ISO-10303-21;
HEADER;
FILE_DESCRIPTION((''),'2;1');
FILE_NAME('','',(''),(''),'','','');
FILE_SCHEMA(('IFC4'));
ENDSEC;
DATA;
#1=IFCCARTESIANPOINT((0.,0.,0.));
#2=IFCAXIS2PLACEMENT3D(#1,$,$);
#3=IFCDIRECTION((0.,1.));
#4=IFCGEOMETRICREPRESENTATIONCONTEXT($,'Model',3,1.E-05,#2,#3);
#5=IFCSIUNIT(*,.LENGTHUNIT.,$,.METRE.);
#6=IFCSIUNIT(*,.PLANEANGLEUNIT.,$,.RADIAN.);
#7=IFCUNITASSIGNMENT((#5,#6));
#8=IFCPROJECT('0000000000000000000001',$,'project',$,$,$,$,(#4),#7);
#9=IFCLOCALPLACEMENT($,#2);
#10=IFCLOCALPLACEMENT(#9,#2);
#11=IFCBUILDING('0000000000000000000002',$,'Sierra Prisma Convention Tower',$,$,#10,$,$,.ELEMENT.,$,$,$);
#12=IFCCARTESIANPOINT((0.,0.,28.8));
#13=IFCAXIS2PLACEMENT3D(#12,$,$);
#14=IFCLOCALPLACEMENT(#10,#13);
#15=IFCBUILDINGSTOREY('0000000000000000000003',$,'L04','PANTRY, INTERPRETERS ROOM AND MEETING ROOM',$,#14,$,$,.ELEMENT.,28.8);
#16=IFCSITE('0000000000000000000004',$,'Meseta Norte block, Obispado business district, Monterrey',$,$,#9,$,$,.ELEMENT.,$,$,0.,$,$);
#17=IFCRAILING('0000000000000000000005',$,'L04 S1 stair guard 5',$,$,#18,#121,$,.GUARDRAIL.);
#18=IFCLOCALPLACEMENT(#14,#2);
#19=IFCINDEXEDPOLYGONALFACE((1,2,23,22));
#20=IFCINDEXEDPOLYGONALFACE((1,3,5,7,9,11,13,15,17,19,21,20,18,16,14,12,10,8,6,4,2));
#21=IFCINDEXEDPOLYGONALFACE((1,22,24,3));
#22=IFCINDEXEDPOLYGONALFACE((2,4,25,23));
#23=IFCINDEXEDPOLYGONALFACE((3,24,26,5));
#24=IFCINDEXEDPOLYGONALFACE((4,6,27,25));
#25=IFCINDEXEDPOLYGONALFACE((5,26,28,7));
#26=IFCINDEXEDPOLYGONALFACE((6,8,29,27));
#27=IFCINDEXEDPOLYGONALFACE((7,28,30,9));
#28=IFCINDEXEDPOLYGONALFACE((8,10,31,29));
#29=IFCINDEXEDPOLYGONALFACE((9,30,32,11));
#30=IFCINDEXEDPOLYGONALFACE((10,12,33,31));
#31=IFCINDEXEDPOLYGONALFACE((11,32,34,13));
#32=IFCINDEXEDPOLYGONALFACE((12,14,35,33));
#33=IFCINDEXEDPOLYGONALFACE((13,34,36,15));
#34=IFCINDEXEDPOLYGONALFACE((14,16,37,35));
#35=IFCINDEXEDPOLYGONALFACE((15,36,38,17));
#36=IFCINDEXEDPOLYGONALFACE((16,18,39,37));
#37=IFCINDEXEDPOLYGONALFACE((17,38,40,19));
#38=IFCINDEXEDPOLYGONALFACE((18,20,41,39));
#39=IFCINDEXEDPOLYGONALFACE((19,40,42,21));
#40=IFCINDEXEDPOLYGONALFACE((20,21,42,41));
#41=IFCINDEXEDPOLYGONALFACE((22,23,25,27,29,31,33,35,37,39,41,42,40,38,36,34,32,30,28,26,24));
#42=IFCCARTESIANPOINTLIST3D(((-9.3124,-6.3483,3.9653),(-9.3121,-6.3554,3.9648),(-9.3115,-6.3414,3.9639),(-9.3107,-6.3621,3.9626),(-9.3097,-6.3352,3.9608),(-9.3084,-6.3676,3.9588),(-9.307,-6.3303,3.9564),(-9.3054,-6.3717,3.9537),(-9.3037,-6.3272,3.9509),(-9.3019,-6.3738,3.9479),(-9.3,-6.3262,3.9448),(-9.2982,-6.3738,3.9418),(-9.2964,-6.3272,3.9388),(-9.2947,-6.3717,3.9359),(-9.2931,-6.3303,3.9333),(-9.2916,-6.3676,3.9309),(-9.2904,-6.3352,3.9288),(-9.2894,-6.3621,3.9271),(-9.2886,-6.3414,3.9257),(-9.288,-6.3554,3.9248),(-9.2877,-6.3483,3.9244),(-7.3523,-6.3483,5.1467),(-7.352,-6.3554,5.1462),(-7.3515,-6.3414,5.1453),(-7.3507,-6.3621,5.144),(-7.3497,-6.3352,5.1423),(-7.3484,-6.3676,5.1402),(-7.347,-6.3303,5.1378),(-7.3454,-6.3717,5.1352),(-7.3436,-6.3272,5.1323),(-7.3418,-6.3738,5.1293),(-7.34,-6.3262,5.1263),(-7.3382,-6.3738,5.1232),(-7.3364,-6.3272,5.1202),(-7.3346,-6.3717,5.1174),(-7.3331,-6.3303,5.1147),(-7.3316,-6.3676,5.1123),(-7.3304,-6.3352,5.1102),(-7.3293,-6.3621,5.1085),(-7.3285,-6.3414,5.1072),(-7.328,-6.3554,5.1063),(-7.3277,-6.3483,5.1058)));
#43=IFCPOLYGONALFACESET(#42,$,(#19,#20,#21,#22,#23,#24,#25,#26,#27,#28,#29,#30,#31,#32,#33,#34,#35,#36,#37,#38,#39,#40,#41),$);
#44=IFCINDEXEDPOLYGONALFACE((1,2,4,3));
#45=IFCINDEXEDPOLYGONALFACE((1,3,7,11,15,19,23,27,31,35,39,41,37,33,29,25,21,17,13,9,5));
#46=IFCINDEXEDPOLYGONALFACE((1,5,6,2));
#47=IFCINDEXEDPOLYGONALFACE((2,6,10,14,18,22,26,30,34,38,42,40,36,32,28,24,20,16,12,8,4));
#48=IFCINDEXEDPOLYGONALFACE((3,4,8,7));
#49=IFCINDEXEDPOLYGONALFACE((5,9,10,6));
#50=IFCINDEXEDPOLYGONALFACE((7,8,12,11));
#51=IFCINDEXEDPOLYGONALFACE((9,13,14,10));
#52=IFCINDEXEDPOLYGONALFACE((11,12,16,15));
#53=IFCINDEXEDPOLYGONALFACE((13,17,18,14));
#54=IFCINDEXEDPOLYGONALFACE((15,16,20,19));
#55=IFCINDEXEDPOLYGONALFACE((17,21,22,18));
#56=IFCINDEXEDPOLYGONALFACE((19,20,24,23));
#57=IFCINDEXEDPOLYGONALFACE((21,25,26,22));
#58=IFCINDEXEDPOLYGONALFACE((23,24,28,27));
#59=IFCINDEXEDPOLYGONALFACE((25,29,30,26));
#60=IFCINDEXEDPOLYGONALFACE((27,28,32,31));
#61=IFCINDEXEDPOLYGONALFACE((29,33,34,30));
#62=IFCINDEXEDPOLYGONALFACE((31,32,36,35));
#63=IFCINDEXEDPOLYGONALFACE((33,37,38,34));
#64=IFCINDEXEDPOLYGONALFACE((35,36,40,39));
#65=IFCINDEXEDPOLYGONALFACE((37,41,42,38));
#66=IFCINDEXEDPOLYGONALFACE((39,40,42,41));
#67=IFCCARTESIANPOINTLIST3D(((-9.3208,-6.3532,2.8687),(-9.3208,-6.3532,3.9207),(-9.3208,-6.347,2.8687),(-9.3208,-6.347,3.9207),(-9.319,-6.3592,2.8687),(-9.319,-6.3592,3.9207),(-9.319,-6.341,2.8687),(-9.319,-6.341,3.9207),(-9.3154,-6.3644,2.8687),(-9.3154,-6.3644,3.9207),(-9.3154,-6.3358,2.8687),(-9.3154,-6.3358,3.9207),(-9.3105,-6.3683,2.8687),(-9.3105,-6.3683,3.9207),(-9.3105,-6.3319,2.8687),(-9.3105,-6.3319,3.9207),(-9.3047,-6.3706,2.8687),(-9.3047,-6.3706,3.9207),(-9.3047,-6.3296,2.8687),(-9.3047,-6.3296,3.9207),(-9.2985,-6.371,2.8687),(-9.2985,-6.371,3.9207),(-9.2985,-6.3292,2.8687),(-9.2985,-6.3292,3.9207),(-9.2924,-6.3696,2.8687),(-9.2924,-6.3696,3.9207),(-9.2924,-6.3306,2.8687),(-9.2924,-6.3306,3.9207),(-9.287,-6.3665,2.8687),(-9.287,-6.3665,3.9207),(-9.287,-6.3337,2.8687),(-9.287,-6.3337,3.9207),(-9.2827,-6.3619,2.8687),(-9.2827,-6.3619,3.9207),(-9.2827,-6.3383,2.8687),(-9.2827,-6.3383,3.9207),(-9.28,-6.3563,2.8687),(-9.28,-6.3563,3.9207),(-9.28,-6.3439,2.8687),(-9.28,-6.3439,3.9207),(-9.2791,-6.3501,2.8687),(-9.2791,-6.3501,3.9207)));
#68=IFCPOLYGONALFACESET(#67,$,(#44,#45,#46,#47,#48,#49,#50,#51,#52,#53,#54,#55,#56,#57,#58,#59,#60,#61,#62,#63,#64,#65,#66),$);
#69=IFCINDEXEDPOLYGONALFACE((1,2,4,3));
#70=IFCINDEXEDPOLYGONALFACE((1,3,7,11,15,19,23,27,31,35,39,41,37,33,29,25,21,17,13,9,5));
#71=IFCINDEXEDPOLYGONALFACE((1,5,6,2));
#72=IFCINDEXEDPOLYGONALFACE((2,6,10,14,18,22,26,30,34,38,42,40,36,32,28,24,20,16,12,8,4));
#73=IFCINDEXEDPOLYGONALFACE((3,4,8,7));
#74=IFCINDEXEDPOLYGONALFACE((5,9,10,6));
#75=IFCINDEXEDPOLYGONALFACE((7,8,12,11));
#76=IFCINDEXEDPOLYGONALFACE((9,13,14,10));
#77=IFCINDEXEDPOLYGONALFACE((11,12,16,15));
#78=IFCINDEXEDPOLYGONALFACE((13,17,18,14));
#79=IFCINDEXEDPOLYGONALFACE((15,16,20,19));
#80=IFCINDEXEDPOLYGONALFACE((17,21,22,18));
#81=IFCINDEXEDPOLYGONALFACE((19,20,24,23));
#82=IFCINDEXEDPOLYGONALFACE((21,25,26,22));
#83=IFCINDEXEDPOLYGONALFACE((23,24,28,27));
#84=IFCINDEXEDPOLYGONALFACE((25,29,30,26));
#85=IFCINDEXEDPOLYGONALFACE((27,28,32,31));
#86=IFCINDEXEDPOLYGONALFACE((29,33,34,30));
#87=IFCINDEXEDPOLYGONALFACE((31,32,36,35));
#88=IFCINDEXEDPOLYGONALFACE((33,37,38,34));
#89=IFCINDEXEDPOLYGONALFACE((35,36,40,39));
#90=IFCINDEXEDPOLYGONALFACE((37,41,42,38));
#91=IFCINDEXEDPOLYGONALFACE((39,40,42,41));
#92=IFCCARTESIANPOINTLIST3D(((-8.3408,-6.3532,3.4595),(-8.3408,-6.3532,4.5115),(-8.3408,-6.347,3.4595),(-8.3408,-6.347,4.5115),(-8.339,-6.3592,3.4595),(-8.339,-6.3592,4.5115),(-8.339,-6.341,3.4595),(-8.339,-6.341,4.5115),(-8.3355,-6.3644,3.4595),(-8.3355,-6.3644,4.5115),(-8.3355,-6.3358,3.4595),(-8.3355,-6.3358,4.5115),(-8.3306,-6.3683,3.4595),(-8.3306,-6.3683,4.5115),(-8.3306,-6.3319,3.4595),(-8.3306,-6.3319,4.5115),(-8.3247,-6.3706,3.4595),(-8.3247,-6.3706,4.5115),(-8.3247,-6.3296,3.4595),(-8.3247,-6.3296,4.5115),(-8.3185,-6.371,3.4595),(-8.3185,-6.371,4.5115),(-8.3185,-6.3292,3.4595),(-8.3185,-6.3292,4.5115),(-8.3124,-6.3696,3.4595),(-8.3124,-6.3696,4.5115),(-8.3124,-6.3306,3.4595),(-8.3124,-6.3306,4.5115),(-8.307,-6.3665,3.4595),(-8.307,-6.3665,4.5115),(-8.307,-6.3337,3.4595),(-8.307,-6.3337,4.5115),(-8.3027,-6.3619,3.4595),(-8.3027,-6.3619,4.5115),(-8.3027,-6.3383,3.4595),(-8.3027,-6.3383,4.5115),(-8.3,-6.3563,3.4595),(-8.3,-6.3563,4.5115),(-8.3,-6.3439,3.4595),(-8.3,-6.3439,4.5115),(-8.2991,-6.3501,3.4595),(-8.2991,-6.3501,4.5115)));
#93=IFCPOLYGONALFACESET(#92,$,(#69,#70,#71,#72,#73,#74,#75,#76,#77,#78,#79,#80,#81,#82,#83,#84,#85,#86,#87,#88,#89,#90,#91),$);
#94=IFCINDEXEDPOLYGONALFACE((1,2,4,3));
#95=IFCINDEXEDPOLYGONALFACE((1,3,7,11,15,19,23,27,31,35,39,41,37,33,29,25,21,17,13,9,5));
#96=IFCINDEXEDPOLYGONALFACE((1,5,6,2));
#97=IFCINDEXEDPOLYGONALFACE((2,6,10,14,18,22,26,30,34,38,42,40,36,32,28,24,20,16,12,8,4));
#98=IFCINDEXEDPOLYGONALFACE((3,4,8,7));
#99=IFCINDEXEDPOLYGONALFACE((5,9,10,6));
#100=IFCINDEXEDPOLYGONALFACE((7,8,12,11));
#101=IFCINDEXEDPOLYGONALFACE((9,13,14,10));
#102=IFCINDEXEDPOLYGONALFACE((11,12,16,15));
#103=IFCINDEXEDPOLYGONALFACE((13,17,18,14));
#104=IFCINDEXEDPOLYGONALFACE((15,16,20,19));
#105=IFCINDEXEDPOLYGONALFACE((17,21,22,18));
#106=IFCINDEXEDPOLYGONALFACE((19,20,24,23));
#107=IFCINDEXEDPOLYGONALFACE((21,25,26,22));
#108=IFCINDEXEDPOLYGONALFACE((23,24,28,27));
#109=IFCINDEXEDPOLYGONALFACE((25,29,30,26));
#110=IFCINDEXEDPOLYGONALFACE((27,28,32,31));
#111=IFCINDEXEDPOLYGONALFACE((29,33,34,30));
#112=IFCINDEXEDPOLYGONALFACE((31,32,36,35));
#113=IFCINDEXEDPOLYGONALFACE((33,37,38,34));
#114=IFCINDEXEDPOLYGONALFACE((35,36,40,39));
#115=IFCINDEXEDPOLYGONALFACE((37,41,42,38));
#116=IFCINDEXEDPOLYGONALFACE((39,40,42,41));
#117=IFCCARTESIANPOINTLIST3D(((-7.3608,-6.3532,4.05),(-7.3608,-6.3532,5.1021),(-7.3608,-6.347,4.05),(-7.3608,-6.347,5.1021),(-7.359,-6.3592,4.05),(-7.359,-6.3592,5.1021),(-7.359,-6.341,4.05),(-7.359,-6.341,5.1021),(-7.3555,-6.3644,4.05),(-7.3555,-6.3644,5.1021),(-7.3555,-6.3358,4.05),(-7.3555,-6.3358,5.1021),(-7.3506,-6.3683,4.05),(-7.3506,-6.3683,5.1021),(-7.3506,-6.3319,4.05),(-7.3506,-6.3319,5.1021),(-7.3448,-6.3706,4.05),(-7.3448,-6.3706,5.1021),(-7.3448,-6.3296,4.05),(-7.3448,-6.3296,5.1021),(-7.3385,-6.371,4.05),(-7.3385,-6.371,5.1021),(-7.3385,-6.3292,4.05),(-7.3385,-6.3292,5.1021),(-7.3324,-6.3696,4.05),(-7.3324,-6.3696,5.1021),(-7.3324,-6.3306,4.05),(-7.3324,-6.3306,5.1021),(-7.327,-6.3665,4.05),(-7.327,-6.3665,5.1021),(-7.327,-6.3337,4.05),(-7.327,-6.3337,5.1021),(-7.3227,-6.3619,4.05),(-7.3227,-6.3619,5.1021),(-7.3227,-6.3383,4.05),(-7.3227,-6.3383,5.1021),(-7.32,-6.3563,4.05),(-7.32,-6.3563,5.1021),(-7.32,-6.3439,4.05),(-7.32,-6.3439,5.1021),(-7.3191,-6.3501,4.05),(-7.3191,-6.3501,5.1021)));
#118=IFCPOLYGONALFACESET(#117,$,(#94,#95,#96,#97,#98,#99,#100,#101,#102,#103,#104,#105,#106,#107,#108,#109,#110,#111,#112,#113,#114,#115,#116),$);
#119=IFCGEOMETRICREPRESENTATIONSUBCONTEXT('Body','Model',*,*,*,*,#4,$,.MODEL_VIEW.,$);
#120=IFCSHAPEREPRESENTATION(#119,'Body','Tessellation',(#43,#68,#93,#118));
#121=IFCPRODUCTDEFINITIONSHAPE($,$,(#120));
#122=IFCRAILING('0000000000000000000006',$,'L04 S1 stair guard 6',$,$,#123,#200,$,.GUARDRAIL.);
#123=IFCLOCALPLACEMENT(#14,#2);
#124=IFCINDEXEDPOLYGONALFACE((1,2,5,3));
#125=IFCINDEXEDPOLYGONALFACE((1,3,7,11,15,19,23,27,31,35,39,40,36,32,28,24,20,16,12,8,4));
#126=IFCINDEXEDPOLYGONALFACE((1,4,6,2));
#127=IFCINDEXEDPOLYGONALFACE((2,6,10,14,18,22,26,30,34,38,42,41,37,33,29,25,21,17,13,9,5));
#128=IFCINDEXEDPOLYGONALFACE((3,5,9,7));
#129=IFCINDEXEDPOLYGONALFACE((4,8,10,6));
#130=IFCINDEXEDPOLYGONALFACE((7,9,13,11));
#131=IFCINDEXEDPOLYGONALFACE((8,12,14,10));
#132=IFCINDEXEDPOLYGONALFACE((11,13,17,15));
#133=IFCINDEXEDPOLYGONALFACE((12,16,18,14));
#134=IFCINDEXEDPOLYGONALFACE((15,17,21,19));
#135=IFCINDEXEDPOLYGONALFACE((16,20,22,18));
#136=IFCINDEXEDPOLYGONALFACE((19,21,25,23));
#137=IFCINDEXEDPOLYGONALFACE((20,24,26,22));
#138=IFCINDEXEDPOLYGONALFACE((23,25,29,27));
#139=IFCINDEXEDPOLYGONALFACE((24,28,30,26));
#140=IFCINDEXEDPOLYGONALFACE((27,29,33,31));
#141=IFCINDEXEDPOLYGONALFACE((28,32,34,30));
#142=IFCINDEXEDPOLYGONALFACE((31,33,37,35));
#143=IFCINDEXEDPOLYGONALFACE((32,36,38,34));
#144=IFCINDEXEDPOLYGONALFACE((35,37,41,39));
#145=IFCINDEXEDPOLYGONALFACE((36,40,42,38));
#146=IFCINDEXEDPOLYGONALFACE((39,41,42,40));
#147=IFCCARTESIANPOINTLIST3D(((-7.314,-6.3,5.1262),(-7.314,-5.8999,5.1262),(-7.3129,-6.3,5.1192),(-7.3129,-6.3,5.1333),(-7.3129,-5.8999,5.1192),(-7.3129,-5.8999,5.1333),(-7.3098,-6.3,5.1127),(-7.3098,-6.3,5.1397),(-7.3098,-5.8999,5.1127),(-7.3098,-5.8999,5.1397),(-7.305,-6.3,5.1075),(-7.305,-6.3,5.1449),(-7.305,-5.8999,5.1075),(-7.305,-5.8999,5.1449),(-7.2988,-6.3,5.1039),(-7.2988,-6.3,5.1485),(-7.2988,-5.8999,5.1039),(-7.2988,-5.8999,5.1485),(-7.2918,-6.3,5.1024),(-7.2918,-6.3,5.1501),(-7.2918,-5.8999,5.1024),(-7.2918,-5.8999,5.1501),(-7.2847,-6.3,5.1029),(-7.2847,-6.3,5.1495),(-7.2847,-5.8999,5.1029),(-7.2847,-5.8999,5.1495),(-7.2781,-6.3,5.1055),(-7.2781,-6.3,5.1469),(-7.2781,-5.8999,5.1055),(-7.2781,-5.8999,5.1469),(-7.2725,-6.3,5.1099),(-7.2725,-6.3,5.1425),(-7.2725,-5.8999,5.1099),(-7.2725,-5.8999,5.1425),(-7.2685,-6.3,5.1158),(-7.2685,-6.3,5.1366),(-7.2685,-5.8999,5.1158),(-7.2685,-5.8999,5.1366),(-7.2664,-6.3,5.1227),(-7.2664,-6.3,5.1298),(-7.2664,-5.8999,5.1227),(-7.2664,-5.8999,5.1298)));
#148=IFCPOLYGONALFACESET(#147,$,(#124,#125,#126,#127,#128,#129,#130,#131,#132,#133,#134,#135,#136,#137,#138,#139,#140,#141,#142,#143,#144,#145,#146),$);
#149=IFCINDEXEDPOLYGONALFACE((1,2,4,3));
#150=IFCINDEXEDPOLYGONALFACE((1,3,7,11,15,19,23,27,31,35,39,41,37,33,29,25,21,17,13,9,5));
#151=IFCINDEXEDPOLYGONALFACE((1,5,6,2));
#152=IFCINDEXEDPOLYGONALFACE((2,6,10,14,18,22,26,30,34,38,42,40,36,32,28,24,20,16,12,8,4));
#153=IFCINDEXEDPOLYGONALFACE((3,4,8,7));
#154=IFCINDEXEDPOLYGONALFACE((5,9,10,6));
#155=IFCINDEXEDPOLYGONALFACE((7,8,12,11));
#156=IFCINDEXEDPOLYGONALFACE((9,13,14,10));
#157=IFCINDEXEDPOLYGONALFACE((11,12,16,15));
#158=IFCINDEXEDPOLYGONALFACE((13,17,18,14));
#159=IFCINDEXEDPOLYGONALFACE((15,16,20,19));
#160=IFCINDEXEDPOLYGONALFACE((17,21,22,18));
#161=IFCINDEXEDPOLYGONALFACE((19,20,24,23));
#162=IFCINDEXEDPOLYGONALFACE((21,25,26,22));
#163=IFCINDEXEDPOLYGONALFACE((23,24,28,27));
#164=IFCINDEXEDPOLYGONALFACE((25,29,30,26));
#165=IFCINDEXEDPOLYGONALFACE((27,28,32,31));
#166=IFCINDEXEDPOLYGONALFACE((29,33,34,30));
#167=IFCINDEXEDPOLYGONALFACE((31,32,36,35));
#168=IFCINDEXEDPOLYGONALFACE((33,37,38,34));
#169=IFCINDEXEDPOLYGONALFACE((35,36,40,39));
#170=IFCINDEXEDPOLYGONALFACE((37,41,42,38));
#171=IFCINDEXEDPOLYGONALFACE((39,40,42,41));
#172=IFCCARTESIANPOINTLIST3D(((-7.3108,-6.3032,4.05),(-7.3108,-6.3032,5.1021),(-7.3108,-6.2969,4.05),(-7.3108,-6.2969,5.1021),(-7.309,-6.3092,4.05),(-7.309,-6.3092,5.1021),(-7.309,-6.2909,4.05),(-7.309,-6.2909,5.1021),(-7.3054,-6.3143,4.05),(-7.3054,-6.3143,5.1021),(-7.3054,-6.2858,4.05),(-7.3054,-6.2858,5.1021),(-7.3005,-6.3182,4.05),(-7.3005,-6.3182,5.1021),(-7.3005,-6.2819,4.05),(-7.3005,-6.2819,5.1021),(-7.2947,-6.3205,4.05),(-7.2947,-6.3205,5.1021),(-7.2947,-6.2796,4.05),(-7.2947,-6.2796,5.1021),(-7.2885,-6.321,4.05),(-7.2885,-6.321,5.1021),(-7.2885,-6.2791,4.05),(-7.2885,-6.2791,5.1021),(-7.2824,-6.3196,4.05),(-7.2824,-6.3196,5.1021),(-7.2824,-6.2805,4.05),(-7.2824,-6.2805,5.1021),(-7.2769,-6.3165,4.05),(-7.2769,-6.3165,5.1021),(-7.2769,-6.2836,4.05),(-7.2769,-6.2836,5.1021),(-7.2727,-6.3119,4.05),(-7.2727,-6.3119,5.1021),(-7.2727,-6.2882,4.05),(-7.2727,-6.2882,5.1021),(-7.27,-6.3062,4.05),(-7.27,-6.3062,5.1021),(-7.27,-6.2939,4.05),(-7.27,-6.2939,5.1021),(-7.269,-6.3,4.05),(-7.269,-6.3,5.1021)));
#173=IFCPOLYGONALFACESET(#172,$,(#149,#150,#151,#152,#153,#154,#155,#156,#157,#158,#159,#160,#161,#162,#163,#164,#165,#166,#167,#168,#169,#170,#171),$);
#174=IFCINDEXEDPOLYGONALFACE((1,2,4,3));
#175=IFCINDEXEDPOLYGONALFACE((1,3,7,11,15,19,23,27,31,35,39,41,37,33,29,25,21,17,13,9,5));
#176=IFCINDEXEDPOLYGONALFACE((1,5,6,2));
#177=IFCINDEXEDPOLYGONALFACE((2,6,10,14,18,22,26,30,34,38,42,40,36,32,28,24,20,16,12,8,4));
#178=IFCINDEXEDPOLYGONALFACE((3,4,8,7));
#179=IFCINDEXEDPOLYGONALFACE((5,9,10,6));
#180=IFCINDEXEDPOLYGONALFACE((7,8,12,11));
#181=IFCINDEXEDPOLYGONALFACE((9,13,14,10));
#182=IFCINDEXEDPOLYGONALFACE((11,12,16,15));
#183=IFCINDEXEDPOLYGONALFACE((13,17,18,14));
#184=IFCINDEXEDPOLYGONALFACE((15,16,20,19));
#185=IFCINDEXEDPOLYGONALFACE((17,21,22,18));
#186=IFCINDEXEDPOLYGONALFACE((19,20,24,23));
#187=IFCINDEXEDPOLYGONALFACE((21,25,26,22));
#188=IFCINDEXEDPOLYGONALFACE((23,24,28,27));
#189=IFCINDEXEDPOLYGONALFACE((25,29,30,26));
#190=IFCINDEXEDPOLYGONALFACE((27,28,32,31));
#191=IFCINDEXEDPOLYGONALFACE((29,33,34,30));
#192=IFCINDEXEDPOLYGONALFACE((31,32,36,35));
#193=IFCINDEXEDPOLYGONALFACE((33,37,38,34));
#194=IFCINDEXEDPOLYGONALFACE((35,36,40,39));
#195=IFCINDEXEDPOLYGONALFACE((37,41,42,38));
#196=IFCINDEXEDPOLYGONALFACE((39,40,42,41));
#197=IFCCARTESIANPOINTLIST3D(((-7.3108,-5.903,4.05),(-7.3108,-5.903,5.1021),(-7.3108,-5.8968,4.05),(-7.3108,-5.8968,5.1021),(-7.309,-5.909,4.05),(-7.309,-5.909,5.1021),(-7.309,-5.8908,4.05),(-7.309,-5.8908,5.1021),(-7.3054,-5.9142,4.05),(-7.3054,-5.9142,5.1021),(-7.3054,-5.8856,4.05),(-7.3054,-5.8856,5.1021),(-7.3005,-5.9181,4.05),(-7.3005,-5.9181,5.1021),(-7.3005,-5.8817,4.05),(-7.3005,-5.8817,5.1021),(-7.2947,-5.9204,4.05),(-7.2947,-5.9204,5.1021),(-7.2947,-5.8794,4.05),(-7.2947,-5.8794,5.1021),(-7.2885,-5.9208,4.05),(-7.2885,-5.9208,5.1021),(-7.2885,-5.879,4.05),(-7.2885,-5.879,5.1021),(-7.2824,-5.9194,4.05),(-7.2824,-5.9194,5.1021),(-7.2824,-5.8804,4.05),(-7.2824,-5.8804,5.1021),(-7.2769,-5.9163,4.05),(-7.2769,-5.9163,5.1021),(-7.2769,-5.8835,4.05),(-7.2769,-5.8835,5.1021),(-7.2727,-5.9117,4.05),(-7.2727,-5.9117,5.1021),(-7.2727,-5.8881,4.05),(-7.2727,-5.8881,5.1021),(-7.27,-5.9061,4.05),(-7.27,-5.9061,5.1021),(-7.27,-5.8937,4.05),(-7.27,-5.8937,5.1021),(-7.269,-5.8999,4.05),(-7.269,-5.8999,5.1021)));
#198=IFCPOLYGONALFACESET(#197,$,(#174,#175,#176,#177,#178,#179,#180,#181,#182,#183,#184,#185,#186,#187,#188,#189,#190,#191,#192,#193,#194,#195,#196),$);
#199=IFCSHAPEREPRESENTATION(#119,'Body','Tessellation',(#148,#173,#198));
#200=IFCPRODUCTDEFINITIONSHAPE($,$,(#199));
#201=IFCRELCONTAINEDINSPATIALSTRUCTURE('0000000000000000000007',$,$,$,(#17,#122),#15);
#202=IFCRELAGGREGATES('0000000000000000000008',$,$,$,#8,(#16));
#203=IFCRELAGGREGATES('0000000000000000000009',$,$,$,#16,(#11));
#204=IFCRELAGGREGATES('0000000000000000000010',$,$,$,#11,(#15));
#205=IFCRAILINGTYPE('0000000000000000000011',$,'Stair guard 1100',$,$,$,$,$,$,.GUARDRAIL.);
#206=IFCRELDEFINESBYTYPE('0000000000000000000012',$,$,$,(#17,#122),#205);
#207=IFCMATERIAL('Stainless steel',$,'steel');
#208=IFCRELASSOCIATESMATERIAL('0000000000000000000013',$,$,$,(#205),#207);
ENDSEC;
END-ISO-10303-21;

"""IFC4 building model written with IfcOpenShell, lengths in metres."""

from ifc_helpers import new_model, si_unit, direction, frame, origin, origin_2d, place, context, subcontext, project, spatial, circle, extrude, material, type_object, element, save


model = new_model("IFC4")

# Units and contexts
model_context = context("Model", 3, precision=1e-05, world=origin(), true_north=direction((0.0, 1.0)))
body_context = subcontext(model_context, "Body", "Model", "MODEL_VIEW")
ifc_project = project(units=[si_unit("LENGTHUNIT", "METRE"), si_unit("PLANEANGLEUNIT", "RADIAN")], contexts=[model_context])

# Site, building, storey
site_placement = place(None, origin())
site = spatial("IfcSite", under=ifc_project, at=site_placement, Name="Meseta Norte block, Obispado business district, Monterrey", CompositionType="ELEMENT", RefElevation=0.0)
building_placement = place(site_placement, origin())
building = spatial("IfcBuilding", under=site, at=building_placement, Name="Sierra Prisma Convention Tower", CompositionType="ELEMENT")
storey_placement = place(building_placement, frame((0.0, 0.0, 28.8)))
storey = spatial("IfcBuildingStorey", under=building, at=storey_placement, Name="L04", Description="PANTRY, INTERPRETERS ROOM AND MEETING ROOM", CompositionType="ELEMENT", Elevation=28.8)

# Railings
ifc_material_1 = material(Name="Stainless steel", Category="steel")
railing_type_1 = type_object("IfcRailingType", Name="Stair guard 1100", PredefinedType="GUARDRAIL", material=ifc_material_1)
railing_1_placement = place(storey_placement, frame((-9.3, -6.3501, 2.8687)))
element("IfcRailing", 1, at=railing_1_placement, inside=storey, type_object=railing_type_1, Name="L04 S1 stair guard 5", PredefinedType="GUARDRAIL", context=body_context, shape_type="SweptSolid", body=[
    extrude(circle(Radius=0.0239, at=origin_2d()), frame((0.0, 0.0, 1.0762), z_axis=(0.856446, 0.0, 0.516236), x_axis=(0.0, 1.0, 0.0)), (0.0, 0.0, 1.0), 2.2886),
    extrude(circle(Radius=0.021, at=origin_2d()), origin(), (0.0, 0.0, 1.0), 1.052),
    extrude(circle(Radius=0.021, at=origin_2d()), frame((0.98, 0.0, 0.5908)), (0.0, 0.0, 1.0), 1.052),
    extrude(circle(Radius=0.021, at=origin_2d()), frame((1.96, 0.0, 1.1814)), (0.0, 0.0, 1.0), 1.052),
])
for number, where, name in (
    (2, (-7.29, -6.3, 4.05), "L04 S1 stair guard 6"),
):
    element("IfcRailing", number, at=place(storey_placement, frame(where)), inside=storey, type_object=railing_type_1, Name=name, PredefinedType="GUARDRAIL", context=body_context, shape_type="SweptSolid", body=[
        extrude(circle(Radius=0.0239, at=origin_2d()), frame((0.0, 0.0, 1.0762), z_axis=(0.0, 1.0, 0.0), x_axis=(-1.0, 0.0, 0.0)), (0.0, 0.0, 1.0), 0.4001),
        extrude(circle(Radius=0.021, at=origin_2d()), origin(), (0.0, 0.0, 1.0), 1.052),
        extrude(circle(Radius=0.021, at=origin_2d()), frame((0.0, 0.4001, 0.0)), (0.0, 0.0, 1.0), 1.052),
    ])

save(model, "model.ifc")
